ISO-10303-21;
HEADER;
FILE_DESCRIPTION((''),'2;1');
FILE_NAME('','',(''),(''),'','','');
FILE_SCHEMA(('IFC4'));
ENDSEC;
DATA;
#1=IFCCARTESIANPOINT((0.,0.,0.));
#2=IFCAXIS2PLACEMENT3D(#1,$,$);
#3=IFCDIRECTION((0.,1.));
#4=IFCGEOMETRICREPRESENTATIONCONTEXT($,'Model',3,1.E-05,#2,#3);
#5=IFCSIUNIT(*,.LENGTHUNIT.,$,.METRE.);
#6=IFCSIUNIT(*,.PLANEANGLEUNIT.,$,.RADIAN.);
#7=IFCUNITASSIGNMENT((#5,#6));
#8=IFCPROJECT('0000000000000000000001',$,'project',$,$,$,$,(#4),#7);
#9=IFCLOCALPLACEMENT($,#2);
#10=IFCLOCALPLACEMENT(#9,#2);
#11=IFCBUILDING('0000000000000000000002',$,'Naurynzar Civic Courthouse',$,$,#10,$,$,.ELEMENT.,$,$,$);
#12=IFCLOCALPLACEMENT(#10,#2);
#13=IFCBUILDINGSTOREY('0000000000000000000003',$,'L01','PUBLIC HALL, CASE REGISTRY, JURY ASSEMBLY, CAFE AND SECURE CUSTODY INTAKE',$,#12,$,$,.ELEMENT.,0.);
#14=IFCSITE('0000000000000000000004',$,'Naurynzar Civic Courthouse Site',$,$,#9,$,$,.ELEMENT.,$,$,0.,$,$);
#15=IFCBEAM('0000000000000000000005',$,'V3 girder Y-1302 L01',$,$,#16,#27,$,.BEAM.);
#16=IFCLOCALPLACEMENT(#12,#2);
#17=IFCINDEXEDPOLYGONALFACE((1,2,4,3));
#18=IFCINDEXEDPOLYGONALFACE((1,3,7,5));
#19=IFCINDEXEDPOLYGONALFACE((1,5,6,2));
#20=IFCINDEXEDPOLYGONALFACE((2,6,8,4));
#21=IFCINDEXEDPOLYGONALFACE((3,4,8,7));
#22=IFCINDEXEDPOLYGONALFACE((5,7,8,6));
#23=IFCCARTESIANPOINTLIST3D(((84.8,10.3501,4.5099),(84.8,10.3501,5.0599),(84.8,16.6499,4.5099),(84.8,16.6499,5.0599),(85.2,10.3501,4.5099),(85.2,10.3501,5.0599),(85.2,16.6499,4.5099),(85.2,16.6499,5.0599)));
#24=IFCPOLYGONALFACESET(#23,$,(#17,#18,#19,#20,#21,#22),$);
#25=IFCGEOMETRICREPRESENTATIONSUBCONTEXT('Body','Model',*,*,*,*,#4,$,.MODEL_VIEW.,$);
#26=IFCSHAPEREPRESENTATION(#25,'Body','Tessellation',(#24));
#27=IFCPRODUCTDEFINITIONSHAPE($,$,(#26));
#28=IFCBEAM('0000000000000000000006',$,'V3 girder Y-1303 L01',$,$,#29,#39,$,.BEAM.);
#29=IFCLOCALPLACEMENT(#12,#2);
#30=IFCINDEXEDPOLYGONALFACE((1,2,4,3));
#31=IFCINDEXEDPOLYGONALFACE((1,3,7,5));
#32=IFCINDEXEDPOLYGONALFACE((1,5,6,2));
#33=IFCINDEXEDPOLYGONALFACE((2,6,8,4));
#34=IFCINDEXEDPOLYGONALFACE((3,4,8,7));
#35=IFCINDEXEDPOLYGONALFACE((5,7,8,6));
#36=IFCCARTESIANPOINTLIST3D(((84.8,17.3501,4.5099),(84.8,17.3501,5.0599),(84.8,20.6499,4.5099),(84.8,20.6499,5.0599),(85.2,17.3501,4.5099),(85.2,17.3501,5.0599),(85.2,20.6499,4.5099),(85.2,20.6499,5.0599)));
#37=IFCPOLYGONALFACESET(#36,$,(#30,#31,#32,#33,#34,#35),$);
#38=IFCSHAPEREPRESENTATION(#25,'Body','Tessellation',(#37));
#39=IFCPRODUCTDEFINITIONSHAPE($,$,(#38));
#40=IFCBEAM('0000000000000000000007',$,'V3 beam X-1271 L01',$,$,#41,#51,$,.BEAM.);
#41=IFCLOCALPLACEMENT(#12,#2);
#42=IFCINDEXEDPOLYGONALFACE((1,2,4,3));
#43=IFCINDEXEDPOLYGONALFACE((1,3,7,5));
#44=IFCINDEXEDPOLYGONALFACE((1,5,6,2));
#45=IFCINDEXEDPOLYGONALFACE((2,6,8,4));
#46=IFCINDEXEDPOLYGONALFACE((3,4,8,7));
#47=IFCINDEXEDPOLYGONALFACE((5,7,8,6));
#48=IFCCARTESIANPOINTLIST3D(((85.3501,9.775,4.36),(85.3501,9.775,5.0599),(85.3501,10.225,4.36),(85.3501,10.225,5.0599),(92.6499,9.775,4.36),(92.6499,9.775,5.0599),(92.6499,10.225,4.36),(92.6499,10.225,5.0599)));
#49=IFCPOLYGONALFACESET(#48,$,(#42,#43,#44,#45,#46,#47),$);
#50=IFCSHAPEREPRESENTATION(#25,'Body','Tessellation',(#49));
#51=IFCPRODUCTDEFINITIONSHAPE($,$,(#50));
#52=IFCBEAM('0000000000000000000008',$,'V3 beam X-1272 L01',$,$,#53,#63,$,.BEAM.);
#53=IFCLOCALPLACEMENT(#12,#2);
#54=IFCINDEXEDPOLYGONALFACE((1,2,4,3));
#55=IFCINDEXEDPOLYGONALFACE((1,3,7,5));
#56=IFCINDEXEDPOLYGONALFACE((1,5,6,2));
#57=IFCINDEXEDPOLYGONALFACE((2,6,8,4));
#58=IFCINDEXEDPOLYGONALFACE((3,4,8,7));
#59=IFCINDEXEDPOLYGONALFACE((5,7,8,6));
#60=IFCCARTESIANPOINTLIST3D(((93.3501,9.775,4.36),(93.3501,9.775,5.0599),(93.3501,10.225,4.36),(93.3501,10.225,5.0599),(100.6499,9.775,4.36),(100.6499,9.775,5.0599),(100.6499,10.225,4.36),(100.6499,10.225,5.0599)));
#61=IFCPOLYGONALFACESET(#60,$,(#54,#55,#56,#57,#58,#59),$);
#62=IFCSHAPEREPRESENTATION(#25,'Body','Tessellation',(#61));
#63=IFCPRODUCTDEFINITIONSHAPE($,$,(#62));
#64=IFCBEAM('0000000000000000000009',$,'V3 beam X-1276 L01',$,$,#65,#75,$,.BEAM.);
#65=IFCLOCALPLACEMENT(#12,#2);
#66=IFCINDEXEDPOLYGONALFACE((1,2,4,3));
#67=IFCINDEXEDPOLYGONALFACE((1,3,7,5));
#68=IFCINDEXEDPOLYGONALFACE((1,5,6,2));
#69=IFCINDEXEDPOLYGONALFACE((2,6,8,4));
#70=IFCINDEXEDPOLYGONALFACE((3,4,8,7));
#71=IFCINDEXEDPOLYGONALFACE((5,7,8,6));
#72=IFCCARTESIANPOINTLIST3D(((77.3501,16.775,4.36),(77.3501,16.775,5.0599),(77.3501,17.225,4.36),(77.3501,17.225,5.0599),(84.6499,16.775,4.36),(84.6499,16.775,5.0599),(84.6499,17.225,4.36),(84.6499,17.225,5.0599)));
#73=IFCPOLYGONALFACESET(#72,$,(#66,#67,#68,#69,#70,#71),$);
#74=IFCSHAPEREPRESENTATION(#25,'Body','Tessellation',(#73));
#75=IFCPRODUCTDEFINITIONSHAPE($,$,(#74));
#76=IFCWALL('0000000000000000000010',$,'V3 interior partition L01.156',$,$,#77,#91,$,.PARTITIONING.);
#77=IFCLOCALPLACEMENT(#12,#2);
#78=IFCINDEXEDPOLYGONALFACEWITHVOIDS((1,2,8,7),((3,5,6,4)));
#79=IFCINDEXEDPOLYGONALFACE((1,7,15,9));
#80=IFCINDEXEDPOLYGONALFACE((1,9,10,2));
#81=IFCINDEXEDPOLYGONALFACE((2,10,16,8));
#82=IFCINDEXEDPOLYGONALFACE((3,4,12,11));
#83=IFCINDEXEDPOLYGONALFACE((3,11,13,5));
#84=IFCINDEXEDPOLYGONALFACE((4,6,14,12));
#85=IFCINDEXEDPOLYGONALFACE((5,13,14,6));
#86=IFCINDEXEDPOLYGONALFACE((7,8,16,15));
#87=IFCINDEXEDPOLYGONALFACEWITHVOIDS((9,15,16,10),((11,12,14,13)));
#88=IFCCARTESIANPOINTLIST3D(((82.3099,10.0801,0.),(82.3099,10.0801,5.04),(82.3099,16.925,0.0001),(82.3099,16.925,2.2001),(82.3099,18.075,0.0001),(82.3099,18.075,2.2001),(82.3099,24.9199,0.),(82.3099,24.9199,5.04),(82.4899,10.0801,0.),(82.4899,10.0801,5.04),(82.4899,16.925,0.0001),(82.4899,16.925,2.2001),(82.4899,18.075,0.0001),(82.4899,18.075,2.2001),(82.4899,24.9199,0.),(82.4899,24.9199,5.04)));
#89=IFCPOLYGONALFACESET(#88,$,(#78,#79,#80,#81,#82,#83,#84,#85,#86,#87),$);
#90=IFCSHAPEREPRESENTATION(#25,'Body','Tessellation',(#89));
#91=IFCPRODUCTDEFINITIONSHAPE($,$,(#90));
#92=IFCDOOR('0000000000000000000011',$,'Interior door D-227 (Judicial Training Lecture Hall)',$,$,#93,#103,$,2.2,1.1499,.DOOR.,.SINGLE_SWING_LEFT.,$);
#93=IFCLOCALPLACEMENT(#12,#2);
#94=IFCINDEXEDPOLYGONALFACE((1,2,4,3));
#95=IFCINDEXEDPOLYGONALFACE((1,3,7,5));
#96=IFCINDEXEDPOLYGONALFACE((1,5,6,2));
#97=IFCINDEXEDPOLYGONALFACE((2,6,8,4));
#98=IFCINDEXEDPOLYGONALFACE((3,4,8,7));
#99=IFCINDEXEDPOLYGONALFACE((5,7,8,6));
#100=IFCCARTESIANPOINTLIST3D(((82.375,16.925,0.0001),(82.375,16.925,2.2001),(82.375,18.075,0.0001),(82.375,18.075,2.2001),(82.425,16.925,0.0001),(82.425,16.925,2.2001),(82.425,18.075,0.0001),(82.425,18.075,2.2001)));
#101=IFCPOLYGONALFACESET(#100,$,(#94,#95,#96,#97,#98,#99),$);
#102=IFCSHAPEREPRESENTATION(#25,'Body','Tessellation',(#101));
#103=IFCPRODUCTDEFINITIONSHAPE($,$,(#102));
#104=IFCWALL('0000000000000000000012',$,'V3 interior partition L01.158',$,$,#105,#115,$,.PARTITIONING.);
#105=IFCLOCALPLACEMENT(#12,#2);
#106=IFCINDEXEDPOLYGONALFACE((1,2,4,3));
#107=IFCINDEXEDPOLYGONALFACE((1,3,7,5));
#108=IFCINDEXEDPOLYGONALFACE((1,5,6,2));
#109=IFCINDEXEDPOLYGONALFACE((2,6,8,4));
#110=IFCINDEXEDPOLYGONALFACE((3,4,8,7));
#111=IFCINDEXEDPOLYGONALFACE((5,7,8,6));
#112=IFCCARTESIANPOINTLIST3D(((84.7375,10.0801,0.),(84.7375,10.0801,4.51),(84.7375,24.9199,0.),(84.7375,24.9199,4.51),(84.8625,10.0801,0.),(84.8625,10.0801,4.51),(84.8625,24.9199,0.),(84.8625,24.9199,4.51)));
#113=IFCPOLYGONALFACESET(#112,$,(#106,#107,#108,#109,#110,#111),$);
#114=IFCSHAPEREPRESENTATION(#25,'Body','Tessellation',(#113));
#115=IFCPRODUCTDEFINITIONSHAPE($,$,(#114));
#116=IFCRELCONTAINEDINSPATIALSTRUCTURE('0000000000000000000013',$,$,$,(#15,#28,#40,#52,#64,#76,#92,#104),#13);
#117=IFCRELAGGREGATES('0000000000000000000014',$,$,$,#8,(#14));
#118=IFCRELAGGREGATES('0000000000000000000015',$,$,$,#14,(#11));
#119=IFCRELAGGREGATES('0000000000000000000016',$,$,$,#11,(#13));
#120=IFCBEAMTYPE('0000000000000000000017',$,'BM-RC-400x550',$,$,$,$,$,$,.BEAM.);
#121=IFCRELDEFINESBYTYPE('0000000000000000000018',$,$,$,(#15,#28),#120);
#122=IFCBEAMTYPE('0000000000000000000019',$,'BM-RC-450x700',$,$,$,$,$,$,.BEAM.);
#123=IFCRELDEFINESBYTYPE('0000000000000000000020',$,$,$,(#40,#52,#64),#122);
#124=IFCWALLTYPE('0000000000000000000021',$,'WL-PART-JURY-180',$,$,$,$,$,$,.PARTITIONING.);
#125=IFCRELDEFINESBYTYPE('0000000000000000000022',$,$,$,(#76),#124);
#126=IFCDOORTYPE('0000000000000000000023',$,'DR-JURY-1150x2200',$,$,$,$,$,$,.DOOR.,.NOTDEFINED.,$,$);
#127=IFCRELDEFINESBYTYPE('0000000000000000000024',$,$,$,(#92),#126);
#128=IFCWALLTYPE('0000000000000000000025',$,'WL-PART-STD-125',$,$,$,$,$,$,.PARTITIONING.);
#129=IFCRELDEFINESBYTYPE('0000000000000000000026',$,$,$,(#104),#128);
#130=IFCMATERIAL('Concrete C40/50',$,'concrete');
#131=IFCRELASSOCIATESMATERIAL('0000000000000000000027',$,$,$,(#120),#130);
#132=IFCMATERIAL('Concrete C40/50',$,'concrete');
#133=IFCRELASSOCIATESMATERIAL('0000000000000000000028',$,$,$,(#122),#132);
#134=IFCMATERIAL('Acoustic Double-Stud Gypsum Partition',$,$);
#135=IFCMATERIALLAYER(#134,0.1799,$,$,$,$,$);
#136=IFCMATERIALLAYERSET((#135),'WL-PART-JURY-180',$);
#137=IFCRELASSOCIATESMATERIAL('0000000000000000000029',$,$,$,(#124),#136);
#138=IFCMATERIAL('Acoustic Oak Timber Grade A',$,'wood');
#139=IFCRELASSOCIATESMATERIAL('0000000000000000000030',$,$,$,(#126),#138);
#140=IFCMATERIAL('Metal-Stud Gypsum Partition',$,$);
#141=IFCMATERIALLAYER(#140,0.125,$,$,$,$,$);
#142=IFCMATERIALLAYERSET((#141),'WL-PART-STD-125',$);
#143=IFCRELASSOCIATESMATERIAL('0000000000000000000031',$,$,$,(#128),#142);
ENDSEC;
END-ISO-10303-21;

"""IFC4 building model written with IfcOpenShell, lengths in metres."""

from ifc_helpers import new_model, si_unit, direction, frame, frame_2d, origin, origin_2d, place, context, subcontext, project, spatial, rectangle, extrude, material, layer, layer_set, material_profile, profile_set, type_object, element, fill, save


model = new_model("IFC4")

# Units and contexts
model_context = context("Model", 3, precision=1e-05, world=origin(), true_north=direction((0.0, 1.0)))
body_context = subcontext(model_context, "Body", "Model", "MODEL_VIEW")
ifc_project = project(units=[si_unit("LENGTHUNIT", "METRE"), si_unit("PLANEANGLEUNIT", "RADIAN")], contexts=[model_context])

# Site, building, storey
site_placement = place(None, origin())
site = spatial("IfcSite", under=ifc_project, at=site_placement, Name="Naurynzar Civic Courthouse Site", CompositionType="ELEMENT", RefElevation=0.0)
building_placement = place(site_placement, origin())
building = spatial("IfcBuilding", under=site, at=building_placement, Name="Naurynzar Civic Courthouse", CompositionType="ELEMENT")
storey_placement = place(building_placement, origin())
storey = spatial("IfcBuildingStorey", under=building, at=storey_placement, Name="L01", Description="PUBLIC HALL, CASE REGISTRY, JURY ASSEMBLY, CAFE AND SECURE CUSTODY INTAKE", CompositionType="ELEMENT", Elevation=0.0)

# Beams
ifc_material_1 = material(Name="Concrete C40/50", Category="concrete")
ifc_material_profile_1 = material_profile(ifc_material_1, rectangle(XDim=0.3999, YDim=0.55, at=origin_2d()), Name="RCB 400x550")
ifc_profile_set_1 = profile_set([ifc_material_profile_1], Name="Concrete C40/50")
beam_type_1 = type_object("IfcBeamType", Name="BM-RC-400x550", PredefinedType="BEAM", material=ifc_profile_set_1)
beam_1_placement = place(storey_placement, frame((85.0, 10.3501, 4.7849), z_axis=(0.0, 1.0, 0.0), x_axis=(-1.0, 0.0, 0.0)))
element("IfcBeam", 1, at=beam_1_placement, inside=storey, type_object=beam_type_1, Name="V3 girder Y-1302 L01", PredefinedType="BEAM", context=body_context, shape_type="SweptSolid", body=[
    extrude(rectangle(XDim=0.3999, YDim=0.55, at=origin_2d()), origin(), (0.0, 0.0, 1.0), 6.2998),
])
beam_2_placement = place(storey_placement, frame((85.0, 17.3501, 4.7849), z_axis=(0.0, 1.0, 0.0), x_axis=(-1.0, 0.0, 0.0)))
element("IfcBeam", 2, at=beam_2_placement, inside=storey, type_object=beam_type_1, Name="V3 girder Y-1303 L01", PredefinedType="BEAM", context=body_context, shape_type="SweptSolid", body=[
    extrude(rectangle(XDim=0.3999, YDim=0.55, at=origin_2d()), origin(), (0.0, 0.0, 1.0), 3.2998),
])
ifc_material_2 = material(Name="Concrete C40/50", Category="concrete")
ifc_material_profile_2 = material_profile(ifc_material_2, rectangle(XDim=0.45, YDim=0.7, at=origin_2d()), Name="RCB 450x700")
ifc_profile_set_2 = profile_set([ifc_material_profile_2], Name="Concrete C40/50")
beam_type_2 = type_object("IfcBeamType", Name="BM-RC-450x700", PredefinedType="BEAM", material=ifc_profile_set_2)
for number, where, z_axis, x_axis, name in (
    (3, (85.3501, 10.0, 4.71), (1.0, 0.0, 0.0), (0.0, 1.0, 0.0), "V3 beam X-1271 L01"),
    (4, (93.3501, 10.0, 4.71), (1.0, 0.0, 0.0), (0.0, 1.0, 0.0), "V3 beam X-1272 L01"),
    (5, (77.3501, 17.0, 4.71), (1.0, 0.0, 0.0), (0.0, 1.0, 0.0), "V3 beam X-1276 L01"),
):
    element("IfcBeam", number, at=place(storey_placement, frame(where, z_axis=z_axis, x_axis=x_axis)), inside=storey, type_object=beam_type_2, Name=name, PredefinedType="BEAM", context=body_context, shape_type="SweptSolid", body=[
        extrude(rectangle(XDim=0.45, YDim=0.7, at=origin_2d()), origin(), (0.0, 0.0, 1.0), 7.2998),
    ])

# Wall, opening, door
ifc_material_3 = material(Name="Acoustic Double-Stud Gypsum Partition")
ifc_layer_1 = layer(ifc_material_3, 0.1799)
ifc_layer_set_1 = layer_set([ifc_layer_1], Name="WL-PART-JURY-180")
wall_type_1 = type_object("IfcWallType", Name="WL-PART-JURY-180", PredefinedType="PARTITIONING", material=ifc_layer_set_1)
wall_1_placement = place(storey_placement, frame((82.3999, 10.0801, 0.0), z_axis=(0.0, 0.0, 1.0), x_axis=(0.0, 1.0, 0.0)))
wall_1 = element("IfcWall", 6, at=wall_1_placement, inside=storey, type_object=wall_type_1, Name="V3 interior partition L01.156", PredefinedType="PARTITIONING", context=body_context, shape_type="SweptSolid", body=[
    extrude(rectangle(XDim=14.8398, YDim=0.1799, at=frame_2d((7.4199, 0.0))), origin(), (0.0, 0.0, 1.0), 5.04),
])
opening_placement = place(wall_1_placement, frame((6.845, 0.0, 0.0)))
opening = element("IfcOpeningElement", 7, at=opening_placement, cuts=wall_1, PredefinedType="OPENING", context=body_context, shape_type="SweptSolid", body=[
    extrude(rectangle(XDim=1.1499, YDim=2.2, at=frame_2d((0.575, 1.1001))), frame((0.0, 0.0999, 0.0), z_axis=(0.0, -1.0, 0.0), x_axis=(1.0, 0.0, 0.0)), (0.0, 0.0, 1.0), 0.2),
])
ifc_material_4 = material(Name="Acoustic Oak Timber Grade A", Category="wood")
door_type = type_object("IfcDoorType", Name="DR-JURY-1150x2200", OperationType="NOTDEFINED", PredefinedType="DOOR", material=ifc_material_4)
door_placement = place(opening_placement, origin())
door = element("IfcDoor", 8, at=door_placement, inside=storey, type_object=door_type, Name="Interior door D-227 (Judicial Training Lecture Hall)", OperationType="SINGLE_SWING_LEFT", OverallHeight=2.2, OverallWidth=1.1499, PredefinedType="DOOR", context=body_context, shape_type="SweptSolid", body=[
    extrude(rectangle(XDim=1.1499, YDim=2.2, at=frame_2d((0.575, 1.1001))), frame((0.0, 0.0249, 0.0), z_axis=(0.0, -1.0, 0.0), x_axis=(1.0, 0.0, 0.0)), (0.0, 0.0, 1.0), 0.05),
])
fill(opening, door)

# Wall
ifc_material_5 = material(Name="Metal-Stud Gypsum Partition")
ifc_layer_2 = layer(ifc_material_5, 0.125)
ifc_layer_set_2 = layer_set([ifc_layer_2], Name="WL-PART-STD-125")
wall_type_2 = type_object("IfcWallType", Name="WL-PART-STD-125", PredefinedType="PARTITIONING", material=ifc_layer_set_2)
wall_2_placement = place(storey_placement, frame((84.8, 10.0801, 0.0), z_axis=(0.0, 0.0, 1.0), x_axis=(0.0, 1.0, 0.0)))
element("IfcWall", 9, at=wall_2_placement, inside=storey, type_object=wall_type_2, Name="V3 interior partition L01.158", PredefinedType="PARTITIONING", context=body_context, shape_type="SweptSolid", body=[
    extrude(rectangle(XDim=14.8398, YDim=0.125, at=frame_2d((7.4199, 0.0))), origin(), (0.0, 0.0, 1.0), 4.51),
])

save(model, "model.ifc")
